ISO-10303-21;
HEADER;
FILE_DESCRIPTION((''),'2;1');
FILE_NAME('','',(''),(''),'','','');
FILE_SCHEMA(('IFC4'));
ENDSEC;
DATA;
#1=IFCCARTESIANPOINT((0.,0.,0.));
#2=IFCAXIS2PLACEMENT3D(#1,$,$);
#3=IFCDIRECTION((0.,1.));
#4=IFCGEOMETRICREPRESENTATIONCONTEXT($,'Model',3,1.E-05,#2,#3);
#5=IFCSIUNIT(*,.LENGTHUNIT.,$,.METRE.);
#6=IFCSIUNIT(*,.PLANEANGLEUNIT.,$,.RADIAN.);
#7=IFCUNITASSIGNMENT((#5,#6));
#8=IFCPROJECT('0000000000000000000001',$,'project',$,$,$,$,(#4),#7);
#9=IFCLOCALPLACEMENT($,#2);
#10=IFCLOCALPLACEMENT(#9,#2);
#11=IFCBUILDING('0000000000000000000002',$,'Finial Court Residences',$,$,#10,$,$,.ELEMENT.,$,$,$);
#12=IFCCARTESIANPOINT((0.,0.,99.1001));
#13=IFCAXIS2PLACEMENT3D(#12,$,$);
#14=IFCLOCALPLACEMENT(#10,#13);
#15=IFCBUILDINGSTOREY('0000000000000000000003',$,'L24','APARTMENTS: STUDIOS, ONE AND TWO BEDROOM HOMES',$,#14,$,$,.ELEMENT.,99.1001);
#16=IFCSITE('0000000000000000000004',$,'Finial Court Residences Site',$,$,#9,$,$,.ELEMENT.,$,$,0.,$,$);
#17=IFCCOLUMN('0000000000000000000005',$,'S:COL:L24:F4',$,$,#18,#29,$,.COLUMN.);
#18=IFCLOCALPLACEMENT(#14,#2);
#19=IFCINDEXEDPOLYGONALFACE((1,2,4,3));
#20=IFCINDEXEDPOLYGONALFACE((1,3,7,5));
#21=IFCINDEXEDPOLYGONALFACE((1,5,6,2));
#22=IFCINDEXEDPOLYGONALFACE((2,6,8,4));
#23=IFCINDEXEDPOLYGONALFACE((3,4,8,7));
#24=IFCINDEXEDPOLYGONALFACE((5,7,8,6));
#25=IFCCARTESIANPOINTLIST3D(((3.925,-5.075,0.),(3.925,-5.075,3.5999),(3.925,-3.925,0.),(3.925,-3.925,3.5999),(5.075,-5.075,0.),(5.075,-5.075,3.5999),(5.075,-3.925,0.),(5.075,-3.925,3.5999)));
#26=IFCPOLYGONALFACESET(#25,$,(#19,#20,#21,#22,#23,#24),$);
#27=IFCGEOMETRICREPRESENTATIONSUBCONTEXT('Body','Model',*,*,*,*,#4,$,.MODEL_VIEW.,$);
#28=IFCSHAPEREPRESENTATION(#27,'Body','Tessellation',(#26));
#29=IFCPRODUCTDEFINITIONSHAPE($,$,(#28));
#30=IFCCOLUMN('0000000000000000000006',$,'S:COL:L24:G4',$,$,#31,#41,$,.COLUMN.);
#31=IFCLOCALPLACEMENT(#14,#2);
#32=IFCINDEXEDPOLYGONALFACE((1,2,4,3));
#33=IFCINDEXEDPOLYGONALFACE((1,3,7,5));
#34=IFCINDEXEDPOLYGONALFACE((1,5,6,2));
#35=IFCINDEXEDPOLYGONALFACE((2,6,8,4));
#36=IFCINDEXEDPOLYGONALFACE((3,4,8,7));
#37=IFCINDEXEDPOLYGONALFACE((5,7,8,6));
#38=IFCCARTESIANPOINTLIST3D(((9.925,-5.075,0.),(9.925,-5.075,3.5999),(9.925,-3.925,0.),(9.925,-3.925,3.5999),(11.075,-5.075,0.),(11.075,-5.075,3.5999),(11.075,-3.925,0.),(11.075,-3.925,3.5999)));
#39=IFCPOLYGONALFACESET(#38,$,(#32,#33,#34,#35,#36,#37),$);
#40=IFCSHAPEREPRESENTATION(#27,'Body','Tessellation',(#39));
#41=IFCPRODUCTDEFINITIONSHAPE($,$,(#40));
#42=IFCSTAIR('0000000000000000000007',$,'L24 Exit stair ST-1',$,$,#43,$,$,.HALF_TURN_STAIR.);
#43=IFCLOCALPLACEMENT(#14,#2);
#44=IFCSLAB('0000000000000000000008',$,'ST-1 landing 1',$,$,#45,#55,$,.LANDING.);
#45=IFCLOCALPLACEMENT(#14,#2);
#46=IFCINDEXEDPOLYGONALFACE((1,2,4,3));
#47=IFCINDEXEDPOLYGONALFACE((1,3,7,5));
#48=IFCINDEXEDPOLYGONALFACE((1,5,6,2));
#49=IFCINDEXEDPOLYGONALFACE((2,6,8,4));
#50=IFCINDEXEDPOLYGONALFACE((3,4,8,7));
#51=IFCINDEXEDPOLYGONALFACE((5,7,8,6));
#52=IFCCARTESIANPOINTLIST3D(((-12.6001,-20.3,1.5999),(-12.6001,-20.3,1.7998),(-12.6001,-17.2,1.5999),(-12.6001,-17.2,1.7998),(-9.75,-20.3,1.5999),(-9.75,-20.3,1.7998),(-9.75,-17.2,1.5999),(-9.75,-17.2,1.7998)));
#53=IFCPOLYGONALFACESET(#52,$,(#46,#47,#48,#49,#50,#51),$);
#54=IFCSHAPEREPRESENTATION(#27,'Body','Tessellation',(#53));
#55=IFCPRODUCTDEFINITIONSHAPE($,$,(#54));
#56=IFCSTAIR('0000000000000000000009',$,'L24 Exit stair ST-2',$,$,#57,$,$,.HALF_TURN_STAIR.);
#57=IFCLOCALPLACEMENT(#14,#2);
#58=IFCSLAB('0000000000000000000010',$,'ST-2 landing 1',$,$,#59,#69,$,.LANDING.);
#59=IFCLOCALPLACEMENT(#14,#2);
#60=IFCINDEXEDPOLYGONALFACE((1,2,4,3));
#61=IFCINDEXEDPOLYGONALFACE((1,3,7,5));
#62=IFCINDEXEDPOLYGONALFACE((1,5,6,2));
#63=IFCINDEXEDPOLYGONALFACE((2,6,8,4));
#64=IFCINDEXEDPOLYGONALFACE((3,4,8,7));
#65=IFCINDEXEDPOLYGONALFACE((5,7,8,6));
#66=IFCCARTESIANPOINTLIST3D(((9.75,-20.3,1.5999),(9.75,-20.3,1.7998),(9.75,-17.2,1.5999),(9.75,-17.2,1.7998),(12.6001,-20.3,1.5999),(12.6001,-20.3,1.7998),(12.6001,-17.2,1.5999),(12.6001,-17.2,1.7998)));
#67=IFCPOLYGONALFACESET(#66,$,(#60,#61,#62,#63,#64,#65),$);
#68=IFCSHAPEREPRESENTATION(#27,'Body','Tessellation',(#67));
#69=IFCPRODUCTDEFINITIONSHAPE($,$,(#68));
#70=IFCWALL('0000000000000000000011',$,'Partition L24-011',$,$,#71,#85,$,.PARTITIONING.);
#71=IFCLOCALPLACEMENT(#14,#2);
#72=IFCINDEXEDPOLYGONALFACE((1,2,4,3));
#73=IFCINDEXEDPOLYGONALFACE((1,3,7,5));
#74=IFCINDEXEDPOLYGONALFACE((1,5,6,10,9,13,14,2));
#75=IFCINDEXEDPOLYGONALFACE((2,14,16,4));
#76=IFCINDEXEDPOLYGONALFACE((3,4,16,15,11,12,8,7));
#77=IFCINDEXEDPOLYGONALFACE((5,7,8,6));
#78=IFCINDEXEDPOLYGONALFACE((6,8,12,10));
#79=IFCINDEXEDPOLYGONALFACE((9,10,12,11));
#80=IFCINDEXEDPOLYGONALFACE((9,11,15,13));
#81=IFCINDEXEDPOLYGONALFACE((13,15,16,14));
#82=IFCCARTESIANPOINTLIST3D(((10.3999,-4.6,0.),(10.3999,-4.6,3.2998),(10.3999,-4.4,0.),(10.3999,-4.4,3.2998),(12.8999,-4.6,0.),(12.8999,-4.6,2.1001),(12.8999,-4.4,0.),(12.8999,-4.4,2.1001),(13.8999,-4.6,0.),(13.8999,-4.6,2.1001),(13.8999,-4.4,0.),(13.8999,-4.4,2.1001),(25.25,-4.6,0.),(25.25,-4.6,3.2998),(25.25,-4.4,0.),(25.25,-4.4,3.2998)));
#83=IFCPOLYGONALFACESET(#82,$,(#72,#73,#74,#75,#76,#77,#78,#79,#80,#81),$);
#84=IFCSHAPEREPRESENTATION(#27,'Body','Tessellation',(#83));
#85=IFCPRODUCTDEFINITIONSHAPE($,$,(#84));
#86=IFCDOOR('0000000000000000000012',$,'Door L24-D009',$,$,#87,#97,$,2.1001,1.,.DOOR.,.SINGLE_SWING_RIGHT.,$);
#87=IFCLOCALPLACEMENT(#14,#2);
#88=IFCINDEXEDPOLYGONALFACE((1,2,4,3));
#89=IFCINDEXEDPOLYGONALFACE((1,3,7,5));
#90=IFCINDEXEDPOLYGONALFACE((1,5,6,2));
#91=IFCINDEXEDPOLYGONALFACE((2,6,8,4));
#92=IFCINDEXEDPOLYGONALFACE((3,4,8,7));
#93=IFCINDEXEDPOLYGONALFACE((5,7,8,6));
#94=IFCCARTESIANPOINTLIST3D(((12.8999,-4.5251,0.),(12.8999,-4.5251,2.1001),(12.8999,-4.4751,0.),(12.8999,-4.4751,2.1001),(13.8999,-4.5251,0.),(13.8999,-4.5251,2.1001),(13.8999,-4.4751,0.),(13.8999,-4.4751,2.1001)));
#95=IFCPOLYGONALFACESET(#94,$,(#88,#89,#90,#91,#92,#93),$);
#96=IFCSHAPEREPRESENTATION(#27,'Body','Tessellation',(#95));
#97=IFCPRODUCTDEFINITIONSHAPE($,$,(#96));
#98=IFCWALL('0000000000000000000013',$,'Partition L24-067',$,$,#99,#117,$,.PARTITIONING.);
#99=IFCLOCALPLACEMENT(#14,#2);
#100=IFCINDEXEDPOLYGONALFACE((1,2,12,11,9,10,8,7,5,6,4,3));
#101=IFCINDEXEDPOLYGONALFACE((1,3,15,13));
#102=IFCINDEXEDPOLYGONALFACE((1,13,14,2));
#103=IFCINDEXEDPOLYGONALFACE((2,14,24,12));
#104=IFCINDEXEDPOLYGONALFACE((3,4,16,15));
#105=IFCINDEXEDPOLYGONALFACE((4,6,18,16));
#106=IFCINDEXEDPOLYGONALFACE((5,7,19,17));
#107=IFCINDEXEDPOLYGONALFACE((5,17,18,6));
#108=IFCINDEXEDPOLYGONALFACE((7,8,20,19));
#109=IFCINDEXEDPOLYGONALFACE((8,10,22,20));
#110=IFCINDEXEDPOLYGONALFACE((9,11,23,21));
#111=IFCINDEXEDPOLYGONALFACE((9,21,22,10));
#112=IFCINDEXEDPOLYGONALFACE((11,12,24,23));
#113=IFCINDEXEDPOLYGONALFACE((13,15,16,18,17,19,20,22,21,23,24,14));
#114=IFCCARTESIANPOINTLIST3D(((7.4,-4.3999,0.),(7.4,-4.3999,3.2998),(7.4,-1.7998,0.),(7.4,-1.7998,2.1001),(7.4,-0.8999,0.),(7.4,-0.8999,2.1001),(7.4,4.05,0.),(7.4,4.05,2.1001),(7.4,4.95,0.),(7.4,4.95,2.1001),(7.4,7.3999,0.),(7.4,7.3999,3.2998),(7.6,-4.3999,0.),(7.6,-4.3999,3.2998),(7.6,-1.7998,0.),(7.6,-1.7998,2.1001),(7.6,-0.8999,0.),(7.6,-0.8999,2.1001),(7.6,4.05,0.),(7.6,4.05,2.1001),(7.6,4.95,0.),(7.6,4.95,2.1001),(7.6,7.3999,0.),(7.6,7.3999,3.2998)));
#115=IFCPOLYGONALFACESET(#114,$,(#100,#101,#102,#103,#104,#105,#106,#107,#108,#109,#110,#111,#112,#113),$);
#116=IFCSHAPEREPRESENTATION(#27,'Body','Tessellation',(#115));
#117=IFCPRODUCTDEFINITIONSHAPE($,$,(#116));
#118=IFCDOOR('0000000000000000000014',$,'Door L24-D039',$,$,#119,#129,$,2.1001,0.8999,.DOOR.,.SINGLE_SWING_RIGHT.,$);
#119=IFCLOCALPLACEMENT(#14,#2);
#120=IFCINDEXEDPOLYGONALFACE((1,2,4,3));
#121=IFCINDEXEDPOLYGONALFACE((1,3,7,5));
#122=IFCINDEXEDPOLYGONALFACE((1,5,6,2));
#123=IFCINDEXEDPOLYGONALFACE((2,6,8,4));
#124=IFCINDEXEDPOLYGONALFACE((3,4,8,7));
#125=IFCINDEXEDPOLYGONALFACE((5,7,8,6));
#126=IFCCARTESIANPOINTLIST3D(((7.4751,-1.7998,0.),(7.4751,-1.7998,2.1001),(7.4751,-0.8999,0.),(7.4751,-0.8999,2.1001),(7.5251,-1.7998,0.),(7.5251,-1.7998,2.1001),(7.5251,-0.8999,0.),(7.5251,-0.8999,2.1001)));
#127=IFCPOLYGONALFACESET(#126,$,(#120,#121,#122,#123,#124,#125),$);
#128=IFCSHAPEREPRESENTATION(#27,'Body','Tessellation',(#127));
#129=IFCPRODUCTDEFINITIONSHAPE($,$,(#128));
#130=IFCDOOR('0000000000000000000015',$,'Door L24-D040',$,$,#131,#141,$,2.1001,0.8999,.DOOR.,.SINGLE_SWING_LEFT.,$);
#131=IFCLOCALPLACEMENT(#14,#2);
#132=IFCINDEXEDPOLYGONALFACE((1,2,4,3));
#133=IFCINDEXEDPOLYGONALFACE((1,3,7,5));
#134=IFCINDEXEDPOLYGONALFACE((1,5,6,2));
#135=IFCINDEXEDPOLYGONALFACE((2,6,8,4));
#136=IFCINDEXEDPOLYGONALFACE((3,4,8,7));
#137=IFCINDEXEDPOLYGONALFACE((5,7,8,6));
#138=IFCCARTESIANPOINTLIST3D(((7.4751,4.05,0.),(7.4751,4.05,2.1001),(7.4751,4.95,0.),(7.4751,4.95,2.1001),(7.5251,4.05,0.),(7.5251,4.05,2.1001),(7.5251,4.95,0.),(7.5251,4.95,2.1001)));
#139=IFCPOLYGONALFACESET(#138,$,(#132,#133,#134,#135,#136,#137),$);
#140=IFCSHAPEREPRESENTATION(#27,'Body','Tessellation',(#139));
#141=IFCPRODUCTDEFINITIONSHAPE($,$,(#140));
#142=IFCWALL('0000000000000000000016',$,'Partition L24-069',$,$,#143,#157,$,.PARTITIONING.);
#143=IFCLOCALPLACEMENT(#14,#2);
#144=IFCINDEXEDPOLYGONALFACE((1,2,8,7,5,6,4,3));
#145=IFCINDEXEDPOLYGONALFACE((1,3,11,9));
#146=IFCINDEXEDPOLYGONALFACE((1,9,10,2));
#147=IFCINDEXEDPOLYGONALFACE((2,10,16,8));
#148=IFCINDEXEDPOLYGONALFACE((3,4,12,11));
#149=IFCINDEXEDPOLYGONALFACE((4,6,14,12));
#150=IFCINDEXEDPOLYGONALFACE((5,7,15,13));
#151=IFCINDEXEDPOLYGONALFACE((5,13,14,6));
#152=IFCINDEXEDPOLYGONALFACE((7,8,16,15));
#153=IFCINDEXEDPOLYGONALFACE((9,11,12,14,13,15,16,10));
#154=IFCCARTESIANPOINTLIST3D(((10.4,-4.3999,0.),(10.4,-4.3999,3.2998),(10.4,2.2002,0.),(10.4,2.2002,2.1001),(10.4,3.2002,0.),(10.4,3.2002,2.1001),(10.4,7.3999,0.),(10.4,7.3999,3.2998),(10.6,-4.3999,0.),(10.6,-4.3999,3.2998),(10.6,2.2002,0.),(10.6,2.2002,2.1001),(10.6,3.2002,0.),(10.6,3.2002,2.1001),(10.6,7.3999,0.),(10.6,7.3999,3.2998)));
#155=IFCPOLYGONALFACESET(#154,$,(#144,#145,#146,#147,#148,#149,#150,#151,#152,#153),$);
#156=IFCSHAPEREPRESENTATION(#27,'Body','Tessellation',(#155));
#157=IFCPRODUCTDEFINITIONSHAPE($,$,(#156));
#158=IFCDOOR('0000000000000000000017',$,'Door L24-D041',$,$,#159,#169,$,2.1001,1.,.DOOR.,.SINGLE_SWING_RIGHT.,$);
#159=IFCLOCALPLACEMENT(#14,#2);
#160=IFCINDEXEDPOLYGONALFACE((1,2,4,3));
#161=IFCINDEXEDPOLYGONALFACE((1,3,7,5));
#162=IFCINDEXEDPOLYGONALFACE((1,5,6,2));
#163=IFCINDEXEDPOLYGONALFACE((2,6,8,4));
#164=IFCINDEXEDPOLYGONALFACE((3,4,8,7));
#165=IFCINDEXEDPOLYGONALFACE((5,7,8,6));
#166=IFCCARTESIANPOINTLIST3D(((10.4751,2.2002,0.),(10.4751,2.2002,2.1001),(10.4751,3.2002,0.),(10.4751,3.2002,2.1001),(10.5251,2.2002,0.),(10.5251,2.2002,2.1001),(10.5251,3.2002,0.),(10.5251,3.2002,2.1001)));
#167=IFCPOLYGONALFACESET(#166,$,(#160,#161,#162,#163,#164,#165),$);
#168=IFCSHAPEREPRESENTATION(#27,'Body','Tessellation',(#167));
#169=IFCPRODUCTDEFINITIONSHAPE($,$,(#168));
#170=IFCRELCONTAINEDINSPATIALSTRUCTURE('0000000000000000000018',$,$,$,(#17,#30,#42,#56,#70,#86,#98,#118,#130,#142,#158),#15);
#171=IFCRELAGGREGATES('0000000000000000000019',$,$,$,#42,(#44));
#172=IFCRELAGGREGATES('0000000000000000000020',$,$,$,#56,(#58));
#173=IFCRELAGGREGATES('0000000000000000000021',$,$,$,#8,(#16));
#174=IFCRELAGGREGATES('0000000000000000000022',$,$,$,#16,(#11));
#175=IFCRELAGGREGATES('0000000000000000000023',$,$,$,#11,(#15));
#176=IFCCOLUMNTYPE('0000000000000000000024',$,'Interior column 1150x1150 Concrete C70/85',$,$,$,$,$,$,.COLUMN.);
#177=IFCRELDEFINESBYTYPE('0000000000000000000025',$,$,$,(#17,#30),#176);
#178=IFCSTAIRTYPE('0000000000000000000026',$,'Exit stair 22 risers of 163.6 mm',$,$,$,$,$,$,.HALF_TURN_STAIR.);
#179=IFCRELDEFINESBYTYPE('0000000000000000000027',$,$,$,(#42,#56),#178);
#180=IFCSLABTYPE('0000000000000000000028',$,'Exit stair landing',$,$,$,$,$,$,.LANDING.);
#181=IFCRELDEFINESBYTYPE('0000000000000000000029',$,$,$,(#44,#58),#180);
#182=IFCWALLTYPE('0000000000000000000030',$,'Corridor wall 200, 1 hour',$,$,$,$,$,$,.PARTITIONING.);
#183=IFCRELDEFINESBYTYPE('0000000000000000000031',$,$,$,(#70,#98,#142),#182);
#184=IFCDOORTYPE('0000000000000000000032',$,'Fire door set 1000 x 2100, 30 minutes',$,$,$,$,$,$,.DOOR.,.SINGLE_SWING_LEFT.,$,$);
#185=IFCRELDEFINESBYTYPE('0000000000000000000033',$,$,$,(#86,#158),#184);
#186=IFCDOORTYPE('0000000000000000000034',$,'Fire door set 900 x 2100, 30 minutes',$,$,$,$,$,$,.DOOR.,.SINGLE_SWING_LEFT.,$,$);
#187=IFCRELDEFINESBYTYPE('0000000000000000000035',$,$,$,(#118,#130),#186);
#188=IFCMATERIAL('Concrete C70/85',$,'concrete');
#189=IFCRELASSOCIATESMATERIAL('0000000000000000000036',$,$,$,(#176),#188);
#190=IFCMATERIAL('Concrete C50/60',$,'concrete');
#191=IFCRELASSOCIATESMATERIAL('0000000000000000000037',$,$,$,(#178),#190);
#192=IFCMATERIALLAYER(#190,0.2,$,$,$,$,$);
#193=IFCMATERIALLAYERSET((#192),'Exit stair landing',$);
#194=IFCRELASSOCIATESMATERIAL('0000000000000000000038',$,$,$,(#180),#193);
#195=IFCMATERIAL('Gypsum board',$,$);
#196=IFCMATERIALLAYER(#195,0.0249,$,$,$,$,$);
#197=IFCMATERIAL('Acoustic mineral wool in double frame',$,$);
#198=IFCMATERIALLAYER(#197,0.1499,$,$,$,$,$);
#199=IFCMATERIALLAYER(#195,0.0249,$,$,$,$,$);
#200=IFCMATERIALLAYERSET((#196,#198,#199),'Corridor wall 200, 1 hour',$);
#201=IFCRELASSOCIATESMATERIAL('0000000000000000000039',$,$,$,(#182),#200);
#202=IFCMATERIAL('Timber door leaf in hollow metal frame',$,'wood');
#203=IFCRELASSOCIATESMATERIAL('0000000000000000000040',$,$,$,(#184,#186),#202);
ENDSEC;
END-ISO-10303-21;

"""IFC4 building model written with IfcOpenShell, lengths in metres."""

from ifc_helpers import new_model, si_unit, direction, frame, frame_2d, origin, origin_2d, place, context, subcontext, project, spatial, polyline, rectangle, outline, extrude, material, layer, layer_set, material_profile, profile_set, type_object, element, fill, aggregate, save


model = new_model("IFC4")

# Units and contexts
model_context = context("Model", 3, precision=1e-05, world=origin(), true_north=direction((0.0, 1.0)))
body_context = subcontext(model_context, "Body", "Model", "MODEL_VIEW")
ifc_project = project(units=[si_unit("LENGTHUNIT", "METRE"), si_unit("PLANEANGLEUNIT", "RADIAN")], contexts=[model_context])

# Site, building, storey
site_placement = place(None, origin())
site = spatial("IfcSite", under=ifc_project, at=site_placement, Name="Finial Court Residences Site", CompositionType="ELEMENT", RefElevation=0.0)
building_placement = place(site_placement, origin())
building = spatial("IfcBuilding", under=site, at=building_placement, Name="Finial Court Residences", CompositionType="ELEMENT")
storey_placement = place(building_placement, frame((0.0, 0.0, 99.1001)))
storey = spatial("IfcBuildingStorey", under=building, at=storey_placement, Name="L24", Description="APARTMENTS: STUDIOS, ONE AND TWO BEDROOM HOMES", CompositionType="ELEMENT", Elevation=99.1001)

# Columns
ifc_material_1 = material(Name="Concrete C70/85", Category="concrete")
ifc_material_profile = material_profile(ifc_material_1, rectangle(XDim=1.1499, YDim=1.1499, at=origin_2d()), Name="1150x1150")
ifc_profile_set = profile_set([ifc_material_profile], Name="Concrete C70/85")
column_type = type_object("IfcColumnType", Name="Interior column 1150x1150 Concrete C70/85", PredefinedType="COLUMN", material=ifc_profile_set)
for number, where, z_axis, x_axis, name in (
    (1, (4.5, -4.5, 0.0), (0.0, 0.0, 1.0), (1.0, 0.0, 0.0), "S:COL:L24:F4"),
    (2, (10.5, -4.5, 0.0), (0.0, 0.0, 1.0), (1.0, 0.0, 0.0), "S:COL:L24:G4"),
):
    element("IfcColumn", number, at=place(storey_placement, frame(where, z_axis=z_axis, x_axis=x_axis)), inside=storey, type_object=column_type, Name=name, PredefinedType="COLUMN", context=body_context, shape_type="SweptSolid", body=[
        extrude(rectangle(XDim=1.1499, YDim=1.1499, at=origin_2d()), origin(), (0.0, 0.0, 1.0), 3.5999),
    ])

# Stairs, slabs
ifc_material_2 = material(Name="Concrete C50/60", Category="concrete")
stair_type = type_object("IfcStairType", Name="Exit stair 22 risers of 163.6 mm", PredefinedType="HALF_TURN_STAIR", material=ifc_material_2)
stair_1_placement = place(storey_placement, origin())
stair_1 = element("IfcStair", 3, at=stair_1_placement, inside=storey, type_object=stair_type, Name="L24 Exit stair ST-1", PredefinedType="HALF_TURN_STAIR")
ifc_layer_1 = layer(ifc_material_2, 0.2)
ifc_layer_set_1 = layer_set([ifc_layer_1], Name="Exit stair landing")
slab_type = type_object("IfcSlabType", Name="Exit stair landing", PredefinedType="LANDING", material=ifc_layer_set_1)
slab_1_placement = place(storey_placement, frame((0.0, 0.0, 1.5999)))
slab_1 = element("IfcSlab", 4, at=slab_1_placement, type_object=slab_type, Name="ST-1 landing 1", PredefinedType="LANDING", context=body_context, shape_type="SweptSolid", body=[
    extrude(outline(polyline([(-9.75, -20.3), (-9.75, -17.2), (-12.6001, -17.2), (-12.6001, -20.3), (-9.75, -20.3)])), origin(), (0.0, 0.0, 1.0), 0.2),
])
aggregate(stair_1, [slab_1])
stair_2_placement = place(storey_placement, origin())
stair_2 = element("IfcStair", 5, at=stair_2_placement, inside=storey, type_object=stair_type, Name="L24 Exit stair ST-2", PredefinedType="HALF_TURN_STAIR")
slab_2_placement = place(storey_placement, frame((0.0, 0.0, 1.5999)))
slab_2 = element("IfcSlab", 6, at=slab_2_placement, type_object=slab_type, Name="ST-2 landing 1", PredefinedType="LANDING", context=body_context, shape_type="SweptSolid", body=[
    extrude(outline(polyline([(12.6001, -20.3), (12.6001, -17.2), (9.75, -17.2), (9.75, -20.3), (12.6001, -20.3)])), origin(), (0.0, 0.0, 1.0), 0.2),
])
aggregate(stair_2, [slab_2])

# Wall, opening, door
ifc_material_3 = material(Name="Gypsum board")
ifc_layer_2 = layer(ifc_material_3, 0.0249)
ifc_material_4 = material(Name="Acoustic mineral wool in double frame")
ifc_layer_3 = layer(ifc_material_4, 0.1499)
ifc_layer_4 = layer(ifc_material_3, 0.0249)
ifc_layer_set_2 = layer_set([ifc_layer_2, ifc_layer_3, ifc_layer_4], Name="Corridor wall 200, 1 hour")
wall_type_1 = type_object("IfcWallType", Name="Corridor wall 200, 1 hour", PredefinedType="PARTITIONING", material=ifc_layer_set_2)
wall_1_placement = place(storey_placement, frame((10.3999, -4.5, 0.0), z_axis=(0.0, 0.0, 1.0), x_axis=(1.0, 0.0, 0.0)))
wall_1 = element("IfcWall", 7, at=wall_1_placement, inside=storey, type_object=wall_type_1, Name="Partition L24-011", PredefinedType="PARTITIONING", context=body_context, shape_type="SweptSolid", body=[
    extrude(rectangle(XDim=14.8501, YDim=0.2, at=frame_2d((7.425, 0.0))), origin(), (0.0, 0.0, 1.0), 3.2998),
])
opening_1_placement = place(wall_1_placement, frame((2.5, 0.0, 0.0)))
opening_1 = element("IfcOpeningElement", 8, at=opening_1_placement, cuts=wall_1, PredefinedType="OPENING", context=body_context, shape_type="SweptSolid", body=[
    extrude(rectangle(XDim=1.0, YDim=2.1001, at=frame_2d((0.5, 1.05))), frame((0.0, 0.1099, 0.0), z_axis=(0.0, -1.0, 0.0), x_axis=(1.0, 0.0, 0.0)), (0.0, 0.0, 1.0), 0.22),
])
ifc_material_5 = material(Name="Timber door leaf in hollow metal frame", Category="wood")
door_type_1 = type_object("IfcDoorType", Name="Fire door set 1000 x 2100, 30 minutes", OperationType="SINGLE_SWING_LEFT", PredefinedType="DOOR", material=ifc_material_5)
door_1_placement = place(opening_1_placement, origin())
door_1 = element("IfcDoor", 9, at=door_1_placement, inside=storey, type_object=door_type_1, Name="Door L24-D009", OperationType="SINGLE_SWING_RIGHT", OverallHeight=2.1001, OverallWidth=1.0, PredefinedType="DOOR", context=body_context, shape_type="SweptSolid", body=[
    extrude(rectangle(XDim=1.0, YDim=2.1001, at=frame_2d((0.5, 1.05))), frame((0.0, 0.0249, 0.0), z_axis=(0.0, -1.0, 0.0), x_axis=(1.0, 0.0, 0.0)), (0.0, 0.0, 1.0), 0.05),
])
fill(opening_1, door_1)

# Wall, openings, doors
wall_2_placement = place(storey_placement, frame((7.5, -4.3999, 0.0), z_axis=(0.0, 0.0, 1.0), x_axis=(0.0, 1.0, 0.0)))
wall_2 = element("IfcWall", 10, at=wall_2_placement, inside=storey, type_object=wall_type_1, Name="Partition L24-067", PredefinedType="PARTITIONING", context=body_context, shape_type="SweptSolid", body=[
    extrude(rectangle(XDim=11.7998, YDim=0.2, at=frame_2d((5.8999, 0.0))), origin(), (0.0, 0.0, 1.0), 3.2998),
])
opening_2_placement = place(wall_2_placement, frame((2.6001, 0.0, 0.0)))
opening_2 = element("IfcOpeningElement", 11, at=opening_2_placement, cuts=wall_2, PredefinedType="OPENING", context=body_context, shape_type="SweptSolid", body=[
    extrude(rectangle(XDim=0.8999, YDim=2.1001, at=frame_2d((0.45, 1.05))), frame((0.0, 0.1099, 0.0), z_axis=(0.0, -1.0, 0.0), x_axis=(1.0, 0.0, 0.0)), (0.0, 0.0, 1.0), 0.22),
])
opening_3_placement = place(wall_2_placement, frame((8.45, 0.0, 0.0)))
opening_3 = element("IfcOpeningElement", 12, at=opening_3_placement, cuts=wall_2, PredefinedType="OPENING", context=body_context, shape_type="SweptSolid", body=[
    extrude(rectangle(XDim=0.8999, YDim=2.1001, at=frame_2d((0.45, 1.05))), frame((0.0, 0.1099, 0.0), z_axis=(0.0, -1.0, 0.0), x_axis=(1.0, 0.0, 0.0)), (0.0, 0.0, 1.0), 0.22),
])
door_type_2 = type_object("IfcDoorType", Name="Fire door set 900 x 2100, 30 minutes", OperationType="SINGLE_SWING_LEFT", PredefinedType="DOOR", material=ifc_material_5)
door_2_placement = place(opening_2_placement, origin())
door_2 = element("IfcDoor", 13, at=door_2_placement, inside=storey, type_object=door_type_2, Name="Door L24-D039", OperationType="SINGLE_SWING_RIGHT", OverallHeight=2.1001, OverallWidth=0.8999, PredefinedType="DOOR", context=body_context, shape_type="SweptSolid", body=[
    extrude(rectangle(XDim=0.8999, YDim=2.1001, at=frame_2d((0.45, 1.05))), frame((0.0, 0.0249, 0.0), z_axis=(0.0, -1.0, 0.0), x_axis=(1.0, 0.0, 0.0)), (0.0, 0.0, 1.0), 0.05),
])
fill(opening_2, door_2)
door_3_placement = place(opening_3_placement, origin())
door_3 = element("IfcDoor", 14, at=door_3_placement, inside=storey, type_object=door_type_2, Name="Door L24-D040", OperationType="SINGLE_SWING_LEFT", OverallHeight=2.1001, OverallWidth=0.8999, PredefinedType="DOOR", context=body_context, shape_type="SweptSolid", body=[
    extrude(rectangle(XDim=0.8999, YDim=2.1001, at=frame_2d((0.45, 1.05))), frame((0.0, 0.0249, 0.0), z_axis=(0.0, -1.0, 0.0), x_axis=(1.0, 0.0, 0.0)), (0.0, 0.0, 1.0), 0.05),
])
fill(opening_3, door_3)

# Wall, opening, door
wall_3_placement = place(storey_placement, frame((10.5, -4.3999, 0.0), z_axis=(0.0, 0.0, 1.0), x_axis=(0.0, 1.0, 0.0)))
wall_3 = element("IfcWall", 15, at=wall_3_placement, inside=storey, type_object=wall_type_1, Name="Partition L24-069", PredefinedType="PARTITIONING", context=body_context, shape_type="SweptSolid", body=[
    extrude(rectangle(XDim=11.7998, YDim=0.2, at=frame_2d((5.8999, 0.0))), origin(), (0.0, 0.0, 1.0), 3.2998),
])
opening_4_placement = place(wall_3_placement, frame((6.6001, 0.0, 0.0)))
opening_4 = element("IfcOpeningElement", 16, at=opening_4_placement, cuts=wall_3, PredefinedType="OPENING", context=body_context, shape_type="SweptSolid", body=[
    extrude(rectangle(XDim=1.0, YDim=2.1001, at=frame_2d((0.5, 1.05))), frame((0.0, 0.1099, 0.0), z_axis=(0.0, -1.0, 0.0), x_axis=(1.0, 0.0, 0.0)), (0.0, 0.0, 1.0), 0.22),
])
door_4_placement = place(opening_4_placement, origin())
door_4 = element("IfcDoor", 17, at=door_4_placement, inside=storey, type_object=door_type_1, Name="Door L24-D041", OperationType="SINGLE_SWING_RIGHT", OverallHeight=2.1001, OverallWidth=1.0, PredefinedType="DOOR", context=body_context, shape_type="SweptSolid", body=[
    extrude(rectangle(XDim=1.0, YDim=2.1001, at=frame_2d((0.5, 1.05))), frame((0.0, 0.0249, 0.0), z_axis=(0.0, -1.0, 0.0), x_axis=(1.0, 0.0, 0.0)), (0.0, 0.0, 1.0), 0.05),
])
fill(opening_4, door_4)

save(model, "model.ifc")
